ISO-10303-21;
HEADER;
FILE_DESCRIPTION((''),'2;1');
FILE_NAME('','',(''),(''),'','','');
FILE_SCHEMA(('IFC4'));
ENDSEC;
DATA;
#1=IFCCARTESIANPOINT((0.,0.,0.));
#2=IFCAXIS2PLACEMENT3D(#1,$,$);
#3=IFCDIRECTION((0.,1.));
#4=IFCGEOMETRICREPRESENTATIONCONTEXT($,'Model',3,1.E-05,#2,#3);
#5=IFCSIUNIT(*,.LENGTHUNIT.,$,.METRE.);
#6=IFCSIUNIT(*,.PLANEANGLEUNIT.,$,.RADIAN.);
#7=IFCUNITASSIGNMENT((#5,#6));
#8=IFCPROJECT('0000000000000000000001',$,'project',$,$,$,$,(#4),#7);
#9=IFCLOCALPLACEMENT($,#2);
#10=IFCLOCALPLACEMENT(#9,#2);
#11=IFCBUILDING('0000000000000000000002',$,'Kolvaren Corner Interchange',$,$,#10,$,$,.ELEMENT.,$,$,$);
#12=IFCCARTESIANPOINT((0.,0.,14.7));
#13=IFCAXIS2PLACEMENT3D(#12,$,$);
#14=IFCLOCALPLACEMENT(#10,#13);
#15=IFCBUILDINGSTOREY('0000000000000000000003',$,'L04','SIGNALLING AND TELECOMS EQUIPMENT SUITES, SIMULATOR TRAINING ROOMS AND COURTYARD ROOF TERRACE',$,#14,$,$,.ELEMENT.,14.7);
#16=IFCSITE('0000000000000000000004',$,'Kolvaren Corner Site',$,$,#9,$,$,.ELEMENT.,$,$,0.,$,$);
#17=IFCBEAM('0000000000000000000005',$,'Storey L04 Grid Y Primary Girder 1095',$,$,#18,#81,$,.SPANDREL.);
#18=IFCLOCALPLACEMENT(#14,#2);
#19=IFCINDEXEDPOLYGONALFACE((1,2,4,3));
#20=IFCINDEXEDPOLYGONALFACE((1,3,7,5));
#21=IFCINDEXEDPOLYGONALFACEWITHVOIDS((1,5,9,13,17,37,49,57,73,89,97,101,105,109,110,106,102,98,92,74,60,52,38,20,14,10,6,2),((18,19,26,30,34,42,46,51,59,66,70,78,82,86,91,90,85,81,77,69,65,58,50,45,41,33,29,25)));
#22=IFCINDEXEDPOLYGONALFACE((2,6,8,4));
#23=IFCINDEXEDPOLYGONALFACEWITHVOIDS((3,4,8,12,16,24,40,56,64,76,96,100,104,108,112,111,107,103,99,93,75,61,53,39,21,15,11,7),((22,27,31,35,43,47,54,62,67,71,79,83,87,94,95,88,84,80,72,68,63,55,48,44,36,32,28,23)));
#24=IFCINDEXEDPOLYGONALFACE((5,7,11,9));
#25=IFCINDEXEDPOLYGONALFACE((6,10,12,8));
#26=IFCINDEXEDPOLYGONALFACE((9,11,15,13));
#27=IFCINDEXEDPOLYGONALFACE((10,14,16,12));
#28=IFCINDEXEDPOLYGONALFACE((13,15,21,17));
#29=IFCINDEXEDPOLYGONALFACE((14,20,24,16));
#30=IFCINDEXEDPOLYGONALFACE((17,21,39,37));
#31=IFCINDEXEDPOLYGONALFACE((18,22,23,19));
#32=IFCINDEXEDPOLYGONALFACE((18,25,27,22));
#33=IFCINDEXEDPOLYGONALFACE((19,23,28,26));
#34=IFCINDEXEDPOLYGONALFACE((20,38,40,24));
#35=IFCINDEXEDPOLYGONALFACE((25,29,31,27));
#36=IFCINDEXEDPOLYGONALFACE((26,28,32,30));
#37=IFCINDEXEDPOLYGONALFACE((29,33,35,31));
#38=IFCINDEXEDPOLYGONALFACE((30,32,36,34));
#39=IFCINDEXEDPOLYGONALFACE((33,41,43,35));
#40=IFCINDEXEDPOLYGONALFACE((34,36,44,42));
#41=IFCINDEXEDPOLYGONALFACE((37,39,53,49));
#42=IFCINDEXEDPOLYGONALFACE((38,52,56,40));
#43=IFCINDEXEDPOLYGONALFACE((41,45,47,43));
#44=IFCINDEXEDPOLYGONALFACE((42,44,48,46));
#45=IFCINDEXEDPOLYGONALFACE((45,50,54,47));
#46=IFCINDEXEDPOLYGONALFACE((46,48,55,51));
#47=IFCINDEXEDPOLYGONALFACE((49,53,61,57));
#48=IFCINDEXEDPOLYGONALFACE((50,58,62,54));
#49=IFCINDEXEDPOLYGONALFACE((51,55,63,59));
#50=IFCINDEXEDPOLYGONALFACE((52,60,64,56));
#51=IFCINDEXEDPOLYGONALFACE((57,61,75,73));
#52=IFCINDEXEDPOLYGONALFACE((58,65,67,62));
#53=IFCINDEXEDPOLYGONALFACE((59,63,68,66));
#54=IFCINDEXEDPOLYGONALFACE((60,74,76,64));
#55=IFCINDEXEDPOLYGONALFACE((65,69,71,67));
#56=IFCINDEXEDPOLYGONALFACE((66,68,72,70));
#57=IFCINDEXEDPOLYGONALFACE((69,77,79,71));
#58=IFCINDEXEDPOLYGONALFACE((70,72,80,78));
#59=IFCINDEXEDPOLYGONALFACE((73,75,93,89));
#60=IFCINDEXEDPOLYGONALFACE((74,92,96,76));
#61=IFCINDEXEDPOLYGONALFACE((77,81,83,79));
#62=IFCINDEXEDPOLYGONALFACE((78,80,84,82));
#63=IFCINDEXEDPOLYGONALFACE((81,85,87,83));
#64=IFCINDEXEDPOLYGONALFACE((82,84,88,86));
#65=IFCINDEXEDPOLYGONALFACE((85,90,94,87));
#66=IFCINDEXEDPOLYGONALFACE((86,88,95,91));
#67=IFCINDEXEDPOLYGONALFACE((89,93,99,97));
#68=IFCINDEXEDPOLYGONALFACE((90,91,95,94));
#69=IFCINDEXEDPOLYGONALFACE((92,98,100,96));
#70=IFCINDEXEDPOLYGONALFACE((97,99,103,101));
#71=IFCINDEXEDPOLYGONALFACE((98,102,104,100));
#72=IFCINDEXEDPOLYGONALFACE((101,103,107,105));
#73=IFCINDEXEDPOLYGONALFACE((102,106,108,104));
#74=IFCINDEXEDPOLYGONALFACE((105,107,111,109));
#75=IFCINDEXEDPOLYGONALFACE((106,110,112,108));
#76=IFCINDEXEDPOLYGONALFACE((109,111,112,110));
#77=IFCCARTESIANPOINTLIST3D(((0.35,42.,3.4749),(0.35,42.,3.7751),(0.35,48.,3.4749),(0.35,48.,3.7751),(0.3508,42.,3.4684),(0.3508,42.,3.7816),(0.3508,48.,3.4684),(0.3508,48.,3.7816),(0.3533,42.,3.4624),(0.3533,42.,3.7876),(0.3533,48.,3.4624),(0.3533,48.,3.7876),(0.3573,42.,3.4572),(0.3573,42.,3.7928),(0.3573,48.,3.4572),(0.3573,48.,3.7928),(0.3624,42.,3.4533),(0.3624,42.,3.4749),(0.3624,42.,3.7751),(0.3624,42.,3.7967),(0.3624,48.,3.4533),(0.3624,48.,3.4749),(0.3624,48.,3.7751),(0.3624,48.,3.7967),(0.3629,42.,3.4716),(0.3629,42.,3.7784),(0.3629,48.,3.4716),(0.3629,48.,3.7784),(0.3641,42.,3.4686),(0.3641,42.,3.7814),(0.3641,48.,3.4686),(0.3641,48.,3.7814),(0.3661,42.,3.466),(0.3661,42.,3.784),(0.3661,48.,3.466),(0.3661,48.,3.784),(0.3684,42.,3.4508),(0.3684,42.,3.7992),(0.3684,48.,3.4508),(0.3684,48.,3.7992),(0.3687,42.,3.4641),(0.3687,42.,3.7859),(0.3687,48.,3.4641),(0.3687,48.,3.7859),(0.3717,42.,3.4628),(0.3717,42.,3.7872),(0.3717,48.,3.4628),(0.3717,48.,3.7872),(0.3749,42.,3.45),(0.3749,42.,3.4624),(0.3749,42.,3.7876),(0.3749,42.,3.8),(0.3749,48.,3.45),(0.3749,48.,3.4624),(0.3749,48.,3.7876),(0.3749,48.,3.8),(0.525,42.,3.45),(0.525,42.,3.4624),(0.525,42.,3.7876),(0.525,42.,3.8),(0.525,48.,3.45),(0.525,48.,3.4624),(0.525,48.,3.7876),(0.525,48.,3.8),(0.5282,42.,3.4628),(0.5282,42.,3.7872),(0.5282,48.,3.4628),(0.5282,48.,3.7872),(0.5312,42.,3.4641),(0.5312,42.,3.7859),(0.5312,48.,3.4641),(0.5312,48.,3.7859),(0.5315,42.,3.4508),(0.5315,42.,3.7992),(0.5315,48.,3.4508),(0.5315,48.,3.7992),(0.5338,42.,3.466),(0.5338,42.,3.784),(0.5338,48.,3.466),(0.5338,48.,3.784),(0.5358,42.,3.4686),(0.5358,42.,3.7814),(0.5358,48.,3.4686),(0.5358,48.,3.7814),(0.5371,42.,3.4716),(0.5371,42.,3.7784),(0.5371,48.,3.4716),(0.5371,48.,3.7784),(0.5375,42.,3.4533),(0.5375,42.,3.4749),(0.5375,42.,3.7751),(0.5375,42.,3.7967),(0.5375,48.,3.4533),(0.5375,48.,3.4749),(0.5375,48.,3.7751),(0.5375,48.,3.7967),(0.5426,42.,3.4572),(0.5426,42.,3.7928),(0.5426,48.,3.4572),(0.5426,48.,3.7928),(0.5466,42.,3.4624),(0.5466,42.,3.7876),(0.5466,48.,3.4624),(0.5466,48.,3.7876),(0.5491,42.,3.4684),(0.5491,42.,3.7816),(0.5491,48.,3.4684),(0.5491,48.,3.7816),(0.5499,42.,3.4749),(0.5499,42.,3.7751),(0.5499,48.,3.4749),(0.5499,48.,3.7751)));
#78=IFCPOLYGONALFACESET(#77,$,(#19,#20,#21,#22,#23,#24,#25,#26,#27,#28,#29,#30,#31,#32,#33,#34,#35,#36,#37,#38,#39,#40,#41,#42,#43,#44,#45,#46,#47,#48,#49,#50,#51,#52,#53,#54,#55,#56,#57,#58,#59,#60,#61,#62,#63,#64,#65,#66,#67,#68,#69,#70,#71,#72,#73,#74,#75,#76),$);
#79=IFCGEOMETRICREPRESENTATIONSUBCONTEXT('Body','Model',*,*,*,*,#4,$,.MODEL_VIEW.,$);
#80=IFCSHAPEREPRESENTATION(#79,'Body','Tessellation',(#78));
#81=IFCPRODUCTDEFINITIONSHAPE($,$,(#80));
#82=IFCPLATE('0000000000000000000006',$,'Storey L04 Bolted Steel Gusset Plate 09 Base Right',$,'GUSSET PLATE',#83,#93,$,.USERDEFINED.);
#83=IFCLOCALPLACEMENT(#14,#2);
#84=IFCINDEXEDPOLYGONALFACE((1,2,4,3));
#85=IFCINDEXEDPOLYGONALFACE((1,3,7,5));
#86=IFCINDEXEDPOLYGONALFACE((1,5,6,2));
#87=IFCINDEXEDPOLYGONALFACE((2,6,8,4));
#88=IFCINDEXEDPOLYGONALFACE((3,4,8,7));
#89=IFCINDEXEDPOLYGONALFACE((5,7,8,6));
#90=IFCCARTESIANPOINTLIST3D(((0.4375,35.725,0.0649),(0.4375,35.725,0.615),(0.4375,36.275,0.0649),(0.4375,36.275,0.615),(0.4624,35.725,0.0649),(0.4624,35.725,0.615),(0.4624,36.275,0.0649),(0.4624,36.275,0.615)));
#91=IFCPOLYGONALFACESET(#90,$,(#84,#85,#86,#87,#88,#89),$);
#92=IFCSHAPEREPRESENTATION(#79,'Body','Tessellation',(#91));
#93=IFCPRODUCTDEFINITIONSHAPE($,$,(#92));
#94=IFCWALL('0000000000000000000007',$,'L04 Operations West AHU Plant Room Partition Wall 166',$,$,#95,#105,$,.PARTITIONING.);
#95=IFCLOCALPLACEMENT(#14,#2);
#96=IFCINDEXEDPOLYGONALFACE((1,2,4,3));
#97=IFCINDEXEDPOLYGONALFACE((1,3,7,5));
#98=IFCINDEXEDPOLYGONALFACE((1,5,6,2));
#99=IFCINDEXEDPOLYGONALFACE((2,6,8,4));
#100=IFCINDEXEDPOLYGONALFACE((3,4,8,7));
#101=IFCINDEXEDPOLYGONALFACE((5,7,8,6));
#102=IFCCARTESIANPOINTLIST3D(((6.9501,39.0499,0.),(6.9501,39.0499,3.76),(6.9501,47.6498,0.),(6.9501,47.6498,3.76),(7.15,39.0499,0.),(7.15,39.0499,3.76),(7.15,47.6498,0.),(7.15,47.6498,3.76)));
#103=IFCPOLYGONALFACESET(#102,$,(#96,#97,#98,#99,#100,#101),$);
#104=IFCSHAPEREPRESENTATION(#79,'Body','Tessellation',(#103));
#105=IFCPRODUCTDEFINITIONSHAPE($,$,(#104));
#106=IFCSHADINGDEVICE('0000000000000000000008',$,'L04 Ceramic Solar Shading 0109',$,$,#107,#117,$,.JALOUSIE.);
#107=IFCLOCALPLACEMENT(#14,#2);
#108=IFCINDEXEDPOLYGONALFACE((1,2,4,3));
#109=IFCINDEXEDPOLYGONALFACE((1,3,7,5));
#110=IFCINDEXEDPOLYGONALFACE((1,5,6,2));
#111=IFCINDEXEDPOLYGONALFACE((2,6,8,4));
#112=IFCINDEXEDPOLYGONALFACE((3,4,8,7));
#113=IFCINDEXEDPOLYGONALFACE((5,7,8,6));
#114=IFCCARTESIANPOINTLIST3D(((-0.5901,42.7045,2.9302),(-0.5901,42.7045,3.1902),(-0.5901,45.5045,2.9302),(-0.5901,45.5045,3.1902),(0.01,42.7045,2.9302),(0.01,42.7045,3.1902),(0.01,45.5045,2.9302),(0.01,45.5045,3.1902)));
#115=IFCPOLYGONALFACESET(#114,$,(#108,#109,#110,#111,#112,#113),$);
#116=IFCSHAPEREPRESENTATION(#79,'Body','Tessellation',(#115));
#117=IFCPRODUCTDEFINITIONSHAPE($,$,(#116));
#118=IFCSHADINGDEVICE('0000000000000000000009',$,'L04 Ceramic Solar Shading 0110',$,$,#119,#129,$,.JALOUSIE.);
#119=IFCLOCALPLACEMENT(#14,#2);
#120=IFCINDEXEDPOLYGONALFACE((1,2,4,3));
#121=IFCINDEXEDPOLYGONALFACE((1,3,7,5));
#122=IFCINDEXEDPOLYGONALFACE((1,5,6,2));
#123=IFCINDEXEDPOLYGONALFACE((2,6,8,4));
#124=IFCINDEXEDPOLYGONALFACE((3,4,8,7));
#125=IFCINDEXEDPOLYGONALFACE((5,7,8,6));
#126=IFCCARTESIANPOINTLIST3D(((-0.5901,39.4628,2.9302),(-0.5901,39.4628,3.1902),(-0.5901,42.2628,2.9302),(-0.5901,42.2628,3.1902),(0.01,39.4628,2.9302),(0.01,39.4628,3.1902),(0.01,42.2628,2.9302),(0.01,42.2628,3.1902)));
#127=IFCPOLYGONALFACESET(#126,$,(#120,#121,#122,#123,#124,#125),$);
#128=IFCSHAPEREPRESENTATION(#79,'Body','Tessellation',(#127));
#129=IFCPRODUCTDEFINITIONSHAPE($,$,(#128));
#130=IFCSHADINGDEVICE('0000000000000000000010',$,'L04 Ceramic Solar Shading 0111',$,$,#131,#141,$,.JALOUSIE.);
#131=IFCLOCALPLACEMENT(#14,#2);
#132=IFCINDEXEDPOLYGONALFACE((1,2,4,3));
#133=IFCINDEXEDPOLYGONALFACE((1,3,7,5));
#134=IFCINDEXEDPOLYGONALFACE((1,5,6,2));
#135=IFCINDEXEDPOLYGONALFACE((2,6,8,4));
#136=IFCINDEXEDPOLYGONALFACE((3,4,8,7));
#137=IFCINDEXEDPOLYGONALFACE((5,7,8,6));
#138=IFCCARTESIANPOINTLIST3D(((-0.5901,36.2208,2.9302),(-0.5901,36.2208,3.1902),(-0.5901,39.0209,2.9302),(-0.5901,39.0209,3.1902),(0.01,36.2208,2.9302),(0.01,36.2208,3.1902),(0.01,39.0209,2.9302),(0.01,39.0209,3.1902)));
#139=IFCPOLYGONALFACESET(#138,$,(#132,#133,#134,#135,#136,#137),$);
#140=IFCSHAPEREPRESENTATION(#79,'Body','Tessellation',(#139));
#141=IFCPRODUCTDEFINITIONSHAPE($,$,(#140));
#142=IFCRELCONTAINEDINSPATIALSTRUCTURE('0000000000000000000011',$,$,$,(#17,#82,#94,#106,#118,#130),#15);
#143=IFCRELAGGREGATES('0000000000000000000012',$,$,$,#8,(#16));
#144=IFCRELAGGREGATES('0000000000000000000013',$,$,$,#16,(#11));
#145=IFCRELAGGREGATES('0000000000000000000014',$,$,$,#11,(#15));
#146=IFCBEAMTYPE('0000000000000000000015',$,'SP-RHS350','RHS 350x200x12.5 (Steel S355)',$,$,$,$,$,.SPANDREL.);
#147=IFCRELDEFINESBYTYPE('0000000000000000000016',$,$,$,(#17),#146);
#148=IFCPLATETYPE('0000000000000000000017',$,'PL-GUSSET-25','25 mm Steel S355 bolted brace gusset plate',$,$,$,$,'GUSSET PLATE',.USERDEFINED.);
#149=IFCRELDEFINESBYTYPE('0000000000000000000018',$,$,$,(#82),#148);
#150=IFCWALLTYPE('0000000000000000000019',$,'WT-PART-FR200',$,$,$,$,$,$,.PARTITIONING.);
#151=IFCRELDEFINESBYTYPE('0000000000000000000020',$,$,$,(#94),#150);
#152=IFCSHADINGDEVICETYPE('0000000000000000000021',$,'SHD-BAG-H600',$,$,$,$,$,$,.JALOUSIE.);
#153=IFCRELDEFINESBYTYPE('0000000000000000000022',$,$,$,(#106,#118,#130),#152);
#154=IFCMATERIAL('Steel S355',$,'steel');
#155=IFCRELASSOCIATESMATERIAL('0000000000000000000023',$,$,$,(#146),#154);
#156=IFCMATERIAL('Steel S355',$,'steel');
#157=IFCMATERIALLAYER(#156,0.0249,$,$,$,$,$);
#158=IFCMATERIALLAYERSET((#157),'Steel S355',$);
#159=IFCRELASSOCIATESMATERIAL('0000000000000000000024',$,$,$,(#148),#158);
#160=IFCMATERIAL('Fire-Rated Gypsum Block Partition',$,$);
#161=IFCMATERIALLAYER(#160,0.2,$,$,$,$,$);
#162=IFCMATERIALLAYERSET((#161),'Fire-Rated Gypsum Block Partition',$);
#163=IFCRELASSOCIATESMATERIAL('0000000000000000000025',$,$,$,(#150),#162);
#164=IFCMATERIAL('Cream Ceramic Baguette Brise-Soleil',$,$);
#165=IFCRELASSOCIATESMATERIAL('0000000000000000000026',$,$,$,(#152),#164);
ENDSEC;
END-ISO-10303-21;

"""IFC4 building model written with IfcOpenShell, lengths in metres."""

from ifc_helpers import new_model, si_unit, direction, frame, frame_2d, origin, origin_2d, place, context, subcontext, project, spatial, rectangle, hollow_rectangle, extrude, material, layer, layer_set, material_profile, profile_set, type_object, element, save


model = new_model("IFC4")

# Units and contexts
model_context = context("Model", 3, precision=1e-05, world=origin(), true_north=direction((0.0, 1.0)))
body_context = subcontext(model_context, "Body", "Model", "MODEL_VIEW")
ifc_project = project(units=[si_unit("LENGTHUNIT", "METRE"), si_unit("PLANEANGLEUNIT", "RADIAN")], contexts=[model_context])

# Site, building, storey
site_placement = place(None, origin())
site = spatial("IfcSite", under=ifc_project, at=site_placement, Name="Kolvaren Corner Site", CompositionType="ELEMENT", RefElevation=0.0)
building_placement = place(site_placement, origin())
building = spatial("IfcBuilding", under=site, at=building_placement, Name="Kolvaren Corner Interchange", CompositionType="ELEMENT")
storey_placement = place(building_placement, frame((0.0, 0.0, 14.7)))
storey = spatial("IfcBuildingStorey", under=building, at=storey_placement, Name="L04", Description="SIGNALLING AND TELECOMS EQUIPMENT SUITES, SIMULATOR TRAINING ROOMS AND COURTYARD ROOF TERRACE", CompositionType="ELEMENT", Elevation=14.7)

# Beam
ifc_material_1 = material(Name="Steel S355", Category="steel")
ifc_material_profile_1 = material_profile(ifc_material_1, hollow_rectangle(XDim=0.2, YDim=0.3501, WallThickness=0.0125, InnerFilletRadius=0.0125, OuterFilletRadius=0.0249, at=origin_2d()), Name="RHS 350x200x12.5")
ifc_profile_set_1 = profile_set([ifc_material_profile_1], Name="Steel S355")
beam_type_1 = type_object("IfcBeamType", Name="SP-RHS350", Description="RHS 350x200x12.5 (Steel S355)", PredefinedType="SPANDREL", material=ifc_profile_set_1)
beam_1_placement = place(storey_placement, frame((0.45, 42.0, 3.625), z_axis=(0.0, 1.0, 0.0), x_axis=(-1.0, 0.0, 0.0)))
element("IfcBeam", 1, at=beam_1_placement, inside=storey, type_object=beam_type_1, Name="Storey L04 Grid Y Primary Girder 1095", PredefinedType="SPANDREL", context=body_context, shape_type="SweptSolid", body=[
    extrude(hollow_rectangle(XDim=0.2, YDim=0.3501, WallThickness=0.0125, InnerFilletRadius=0.0125, OuterFilletRadius=0.0249, at=origin_2d()), origin(), (0.0, 0.0, 1.0), 6.0),
])

# Plate
ifc_material_2 = material(Name="Steel S355", Category="steel")
ifc_layer_1 = layer(ifc_material_2, 0.0249)
ifc_layer_set_1 = layer_set([ifc_layer_1], Name="Steel S355")
plate_type = type_object("IfcPlateType", Name="PL-GUSSET-25", Description="25 mm Steel S355 bolted brace gusset plate", ElementType="GUSSET PLATE", PredefinedType="USERDEFINED", material=ifc_layer_set_1)
plate_placement = place(storey_placement, frame((0.45, 36.0, 0.0649), z_axis=(0.0, 0.0, 1.0), x_axis=(0.0, 1.0, 0.0)))
element("IfcPlate", 2, at=plate_placement, inside=storey, type_object=plate_type, Name="Storey L04 Bolted Steel Gusset Plate 09 Base Right", ObjectType="GUSSET PLATE", PredefinedType="USERDEFINED", context=body_context, shape_type="SweptSolid", body=[
    extrude(rectangle(XDim=0.55, YDim=0.0249, at=origin_2d()), origin(), (0.0, 0.0, 1.0), 0.55),
])

# Wall
ifc_material_3 = material(Name="Fire-Rated Gypsum Block Partition")
ifc_layer_2 = layer(ifc_material_3, 0.2)
ifc_layer_set_2 = layer_set([ifc_layer_2], Name="Fire-Rated Gypsum Block Partition")
wall_type = type_object("IfcWallType", Name="WT-PART-FR200", PredefinedType="PARTITIONING", material=ifc_layer_set_2)
wall_placement = place(storey_placement, frame((7.05, 39.05, 0.0), z_axis=(0.0, 0.0, 1.0), x_axis=(0.0, 1.0, 0.0)))
element("IfcWall", 3, at=wall_placement, inside=storey, type_object=wall_type, Name="L04 Operations West AHU Plant Room Partition Wall 166", PredefinedType="PARTITIONING", context=body_context, shape_type="SweptSolid", body=[
    extrude(rectangle(XDim=8.5999, YDim=0.2, at=frame_2d((4.2998, 0.0))), origin(), (0.0, 0.0, 1.0), 3.76),
])

# Shading devices
ifc_material_4 = material(Name="Cream Ceramic Baguette Brise-Soleil")
shading_device_type = type_object("IfcShadingDeviceType", Name="SHD-BAG-H600", PredefinedType="JALOUSIE", material=ifc_material_4)
for number, where, z_axis, x_axis, name in (
    (4, (-0.29, 44.1045, 2.9302), (0.0, 0.0, 1.0), (0.0, -1.0, 0.0), "L04 Ceramic Solar Shading 0109"),
    (5, (-0.29, 40.8628, 2.9302), (0.0, 0.0, 1.0), (0.0, -1.0, 0.0), "L04 Ceramic Solar Shading 0110"),
    (6, (-0.29, 37.6208, 2.9302), (0.0, 0.0, 1.0), (0.0, -1.0, 0.0), "L04 Ceramic Solar Shading 0111"),
):
    element("IfcShadingDevice", number, at=place(storey_placement, frame(where, z_axis=z_axis, x_axis=x_axis)), inside=storey, type_object=shading_device_type, Name=name, PredefinedType="JALOUSIE", context=body_context, shape_type="SweptSolid", body=[
        extrude(rectangle(XDim=2.8, YDim=0.6001, at=origin_2d()), origin(), (0.0, 0.0, 1.0), 0.26),
    ])

save(model, "model.ifc")
